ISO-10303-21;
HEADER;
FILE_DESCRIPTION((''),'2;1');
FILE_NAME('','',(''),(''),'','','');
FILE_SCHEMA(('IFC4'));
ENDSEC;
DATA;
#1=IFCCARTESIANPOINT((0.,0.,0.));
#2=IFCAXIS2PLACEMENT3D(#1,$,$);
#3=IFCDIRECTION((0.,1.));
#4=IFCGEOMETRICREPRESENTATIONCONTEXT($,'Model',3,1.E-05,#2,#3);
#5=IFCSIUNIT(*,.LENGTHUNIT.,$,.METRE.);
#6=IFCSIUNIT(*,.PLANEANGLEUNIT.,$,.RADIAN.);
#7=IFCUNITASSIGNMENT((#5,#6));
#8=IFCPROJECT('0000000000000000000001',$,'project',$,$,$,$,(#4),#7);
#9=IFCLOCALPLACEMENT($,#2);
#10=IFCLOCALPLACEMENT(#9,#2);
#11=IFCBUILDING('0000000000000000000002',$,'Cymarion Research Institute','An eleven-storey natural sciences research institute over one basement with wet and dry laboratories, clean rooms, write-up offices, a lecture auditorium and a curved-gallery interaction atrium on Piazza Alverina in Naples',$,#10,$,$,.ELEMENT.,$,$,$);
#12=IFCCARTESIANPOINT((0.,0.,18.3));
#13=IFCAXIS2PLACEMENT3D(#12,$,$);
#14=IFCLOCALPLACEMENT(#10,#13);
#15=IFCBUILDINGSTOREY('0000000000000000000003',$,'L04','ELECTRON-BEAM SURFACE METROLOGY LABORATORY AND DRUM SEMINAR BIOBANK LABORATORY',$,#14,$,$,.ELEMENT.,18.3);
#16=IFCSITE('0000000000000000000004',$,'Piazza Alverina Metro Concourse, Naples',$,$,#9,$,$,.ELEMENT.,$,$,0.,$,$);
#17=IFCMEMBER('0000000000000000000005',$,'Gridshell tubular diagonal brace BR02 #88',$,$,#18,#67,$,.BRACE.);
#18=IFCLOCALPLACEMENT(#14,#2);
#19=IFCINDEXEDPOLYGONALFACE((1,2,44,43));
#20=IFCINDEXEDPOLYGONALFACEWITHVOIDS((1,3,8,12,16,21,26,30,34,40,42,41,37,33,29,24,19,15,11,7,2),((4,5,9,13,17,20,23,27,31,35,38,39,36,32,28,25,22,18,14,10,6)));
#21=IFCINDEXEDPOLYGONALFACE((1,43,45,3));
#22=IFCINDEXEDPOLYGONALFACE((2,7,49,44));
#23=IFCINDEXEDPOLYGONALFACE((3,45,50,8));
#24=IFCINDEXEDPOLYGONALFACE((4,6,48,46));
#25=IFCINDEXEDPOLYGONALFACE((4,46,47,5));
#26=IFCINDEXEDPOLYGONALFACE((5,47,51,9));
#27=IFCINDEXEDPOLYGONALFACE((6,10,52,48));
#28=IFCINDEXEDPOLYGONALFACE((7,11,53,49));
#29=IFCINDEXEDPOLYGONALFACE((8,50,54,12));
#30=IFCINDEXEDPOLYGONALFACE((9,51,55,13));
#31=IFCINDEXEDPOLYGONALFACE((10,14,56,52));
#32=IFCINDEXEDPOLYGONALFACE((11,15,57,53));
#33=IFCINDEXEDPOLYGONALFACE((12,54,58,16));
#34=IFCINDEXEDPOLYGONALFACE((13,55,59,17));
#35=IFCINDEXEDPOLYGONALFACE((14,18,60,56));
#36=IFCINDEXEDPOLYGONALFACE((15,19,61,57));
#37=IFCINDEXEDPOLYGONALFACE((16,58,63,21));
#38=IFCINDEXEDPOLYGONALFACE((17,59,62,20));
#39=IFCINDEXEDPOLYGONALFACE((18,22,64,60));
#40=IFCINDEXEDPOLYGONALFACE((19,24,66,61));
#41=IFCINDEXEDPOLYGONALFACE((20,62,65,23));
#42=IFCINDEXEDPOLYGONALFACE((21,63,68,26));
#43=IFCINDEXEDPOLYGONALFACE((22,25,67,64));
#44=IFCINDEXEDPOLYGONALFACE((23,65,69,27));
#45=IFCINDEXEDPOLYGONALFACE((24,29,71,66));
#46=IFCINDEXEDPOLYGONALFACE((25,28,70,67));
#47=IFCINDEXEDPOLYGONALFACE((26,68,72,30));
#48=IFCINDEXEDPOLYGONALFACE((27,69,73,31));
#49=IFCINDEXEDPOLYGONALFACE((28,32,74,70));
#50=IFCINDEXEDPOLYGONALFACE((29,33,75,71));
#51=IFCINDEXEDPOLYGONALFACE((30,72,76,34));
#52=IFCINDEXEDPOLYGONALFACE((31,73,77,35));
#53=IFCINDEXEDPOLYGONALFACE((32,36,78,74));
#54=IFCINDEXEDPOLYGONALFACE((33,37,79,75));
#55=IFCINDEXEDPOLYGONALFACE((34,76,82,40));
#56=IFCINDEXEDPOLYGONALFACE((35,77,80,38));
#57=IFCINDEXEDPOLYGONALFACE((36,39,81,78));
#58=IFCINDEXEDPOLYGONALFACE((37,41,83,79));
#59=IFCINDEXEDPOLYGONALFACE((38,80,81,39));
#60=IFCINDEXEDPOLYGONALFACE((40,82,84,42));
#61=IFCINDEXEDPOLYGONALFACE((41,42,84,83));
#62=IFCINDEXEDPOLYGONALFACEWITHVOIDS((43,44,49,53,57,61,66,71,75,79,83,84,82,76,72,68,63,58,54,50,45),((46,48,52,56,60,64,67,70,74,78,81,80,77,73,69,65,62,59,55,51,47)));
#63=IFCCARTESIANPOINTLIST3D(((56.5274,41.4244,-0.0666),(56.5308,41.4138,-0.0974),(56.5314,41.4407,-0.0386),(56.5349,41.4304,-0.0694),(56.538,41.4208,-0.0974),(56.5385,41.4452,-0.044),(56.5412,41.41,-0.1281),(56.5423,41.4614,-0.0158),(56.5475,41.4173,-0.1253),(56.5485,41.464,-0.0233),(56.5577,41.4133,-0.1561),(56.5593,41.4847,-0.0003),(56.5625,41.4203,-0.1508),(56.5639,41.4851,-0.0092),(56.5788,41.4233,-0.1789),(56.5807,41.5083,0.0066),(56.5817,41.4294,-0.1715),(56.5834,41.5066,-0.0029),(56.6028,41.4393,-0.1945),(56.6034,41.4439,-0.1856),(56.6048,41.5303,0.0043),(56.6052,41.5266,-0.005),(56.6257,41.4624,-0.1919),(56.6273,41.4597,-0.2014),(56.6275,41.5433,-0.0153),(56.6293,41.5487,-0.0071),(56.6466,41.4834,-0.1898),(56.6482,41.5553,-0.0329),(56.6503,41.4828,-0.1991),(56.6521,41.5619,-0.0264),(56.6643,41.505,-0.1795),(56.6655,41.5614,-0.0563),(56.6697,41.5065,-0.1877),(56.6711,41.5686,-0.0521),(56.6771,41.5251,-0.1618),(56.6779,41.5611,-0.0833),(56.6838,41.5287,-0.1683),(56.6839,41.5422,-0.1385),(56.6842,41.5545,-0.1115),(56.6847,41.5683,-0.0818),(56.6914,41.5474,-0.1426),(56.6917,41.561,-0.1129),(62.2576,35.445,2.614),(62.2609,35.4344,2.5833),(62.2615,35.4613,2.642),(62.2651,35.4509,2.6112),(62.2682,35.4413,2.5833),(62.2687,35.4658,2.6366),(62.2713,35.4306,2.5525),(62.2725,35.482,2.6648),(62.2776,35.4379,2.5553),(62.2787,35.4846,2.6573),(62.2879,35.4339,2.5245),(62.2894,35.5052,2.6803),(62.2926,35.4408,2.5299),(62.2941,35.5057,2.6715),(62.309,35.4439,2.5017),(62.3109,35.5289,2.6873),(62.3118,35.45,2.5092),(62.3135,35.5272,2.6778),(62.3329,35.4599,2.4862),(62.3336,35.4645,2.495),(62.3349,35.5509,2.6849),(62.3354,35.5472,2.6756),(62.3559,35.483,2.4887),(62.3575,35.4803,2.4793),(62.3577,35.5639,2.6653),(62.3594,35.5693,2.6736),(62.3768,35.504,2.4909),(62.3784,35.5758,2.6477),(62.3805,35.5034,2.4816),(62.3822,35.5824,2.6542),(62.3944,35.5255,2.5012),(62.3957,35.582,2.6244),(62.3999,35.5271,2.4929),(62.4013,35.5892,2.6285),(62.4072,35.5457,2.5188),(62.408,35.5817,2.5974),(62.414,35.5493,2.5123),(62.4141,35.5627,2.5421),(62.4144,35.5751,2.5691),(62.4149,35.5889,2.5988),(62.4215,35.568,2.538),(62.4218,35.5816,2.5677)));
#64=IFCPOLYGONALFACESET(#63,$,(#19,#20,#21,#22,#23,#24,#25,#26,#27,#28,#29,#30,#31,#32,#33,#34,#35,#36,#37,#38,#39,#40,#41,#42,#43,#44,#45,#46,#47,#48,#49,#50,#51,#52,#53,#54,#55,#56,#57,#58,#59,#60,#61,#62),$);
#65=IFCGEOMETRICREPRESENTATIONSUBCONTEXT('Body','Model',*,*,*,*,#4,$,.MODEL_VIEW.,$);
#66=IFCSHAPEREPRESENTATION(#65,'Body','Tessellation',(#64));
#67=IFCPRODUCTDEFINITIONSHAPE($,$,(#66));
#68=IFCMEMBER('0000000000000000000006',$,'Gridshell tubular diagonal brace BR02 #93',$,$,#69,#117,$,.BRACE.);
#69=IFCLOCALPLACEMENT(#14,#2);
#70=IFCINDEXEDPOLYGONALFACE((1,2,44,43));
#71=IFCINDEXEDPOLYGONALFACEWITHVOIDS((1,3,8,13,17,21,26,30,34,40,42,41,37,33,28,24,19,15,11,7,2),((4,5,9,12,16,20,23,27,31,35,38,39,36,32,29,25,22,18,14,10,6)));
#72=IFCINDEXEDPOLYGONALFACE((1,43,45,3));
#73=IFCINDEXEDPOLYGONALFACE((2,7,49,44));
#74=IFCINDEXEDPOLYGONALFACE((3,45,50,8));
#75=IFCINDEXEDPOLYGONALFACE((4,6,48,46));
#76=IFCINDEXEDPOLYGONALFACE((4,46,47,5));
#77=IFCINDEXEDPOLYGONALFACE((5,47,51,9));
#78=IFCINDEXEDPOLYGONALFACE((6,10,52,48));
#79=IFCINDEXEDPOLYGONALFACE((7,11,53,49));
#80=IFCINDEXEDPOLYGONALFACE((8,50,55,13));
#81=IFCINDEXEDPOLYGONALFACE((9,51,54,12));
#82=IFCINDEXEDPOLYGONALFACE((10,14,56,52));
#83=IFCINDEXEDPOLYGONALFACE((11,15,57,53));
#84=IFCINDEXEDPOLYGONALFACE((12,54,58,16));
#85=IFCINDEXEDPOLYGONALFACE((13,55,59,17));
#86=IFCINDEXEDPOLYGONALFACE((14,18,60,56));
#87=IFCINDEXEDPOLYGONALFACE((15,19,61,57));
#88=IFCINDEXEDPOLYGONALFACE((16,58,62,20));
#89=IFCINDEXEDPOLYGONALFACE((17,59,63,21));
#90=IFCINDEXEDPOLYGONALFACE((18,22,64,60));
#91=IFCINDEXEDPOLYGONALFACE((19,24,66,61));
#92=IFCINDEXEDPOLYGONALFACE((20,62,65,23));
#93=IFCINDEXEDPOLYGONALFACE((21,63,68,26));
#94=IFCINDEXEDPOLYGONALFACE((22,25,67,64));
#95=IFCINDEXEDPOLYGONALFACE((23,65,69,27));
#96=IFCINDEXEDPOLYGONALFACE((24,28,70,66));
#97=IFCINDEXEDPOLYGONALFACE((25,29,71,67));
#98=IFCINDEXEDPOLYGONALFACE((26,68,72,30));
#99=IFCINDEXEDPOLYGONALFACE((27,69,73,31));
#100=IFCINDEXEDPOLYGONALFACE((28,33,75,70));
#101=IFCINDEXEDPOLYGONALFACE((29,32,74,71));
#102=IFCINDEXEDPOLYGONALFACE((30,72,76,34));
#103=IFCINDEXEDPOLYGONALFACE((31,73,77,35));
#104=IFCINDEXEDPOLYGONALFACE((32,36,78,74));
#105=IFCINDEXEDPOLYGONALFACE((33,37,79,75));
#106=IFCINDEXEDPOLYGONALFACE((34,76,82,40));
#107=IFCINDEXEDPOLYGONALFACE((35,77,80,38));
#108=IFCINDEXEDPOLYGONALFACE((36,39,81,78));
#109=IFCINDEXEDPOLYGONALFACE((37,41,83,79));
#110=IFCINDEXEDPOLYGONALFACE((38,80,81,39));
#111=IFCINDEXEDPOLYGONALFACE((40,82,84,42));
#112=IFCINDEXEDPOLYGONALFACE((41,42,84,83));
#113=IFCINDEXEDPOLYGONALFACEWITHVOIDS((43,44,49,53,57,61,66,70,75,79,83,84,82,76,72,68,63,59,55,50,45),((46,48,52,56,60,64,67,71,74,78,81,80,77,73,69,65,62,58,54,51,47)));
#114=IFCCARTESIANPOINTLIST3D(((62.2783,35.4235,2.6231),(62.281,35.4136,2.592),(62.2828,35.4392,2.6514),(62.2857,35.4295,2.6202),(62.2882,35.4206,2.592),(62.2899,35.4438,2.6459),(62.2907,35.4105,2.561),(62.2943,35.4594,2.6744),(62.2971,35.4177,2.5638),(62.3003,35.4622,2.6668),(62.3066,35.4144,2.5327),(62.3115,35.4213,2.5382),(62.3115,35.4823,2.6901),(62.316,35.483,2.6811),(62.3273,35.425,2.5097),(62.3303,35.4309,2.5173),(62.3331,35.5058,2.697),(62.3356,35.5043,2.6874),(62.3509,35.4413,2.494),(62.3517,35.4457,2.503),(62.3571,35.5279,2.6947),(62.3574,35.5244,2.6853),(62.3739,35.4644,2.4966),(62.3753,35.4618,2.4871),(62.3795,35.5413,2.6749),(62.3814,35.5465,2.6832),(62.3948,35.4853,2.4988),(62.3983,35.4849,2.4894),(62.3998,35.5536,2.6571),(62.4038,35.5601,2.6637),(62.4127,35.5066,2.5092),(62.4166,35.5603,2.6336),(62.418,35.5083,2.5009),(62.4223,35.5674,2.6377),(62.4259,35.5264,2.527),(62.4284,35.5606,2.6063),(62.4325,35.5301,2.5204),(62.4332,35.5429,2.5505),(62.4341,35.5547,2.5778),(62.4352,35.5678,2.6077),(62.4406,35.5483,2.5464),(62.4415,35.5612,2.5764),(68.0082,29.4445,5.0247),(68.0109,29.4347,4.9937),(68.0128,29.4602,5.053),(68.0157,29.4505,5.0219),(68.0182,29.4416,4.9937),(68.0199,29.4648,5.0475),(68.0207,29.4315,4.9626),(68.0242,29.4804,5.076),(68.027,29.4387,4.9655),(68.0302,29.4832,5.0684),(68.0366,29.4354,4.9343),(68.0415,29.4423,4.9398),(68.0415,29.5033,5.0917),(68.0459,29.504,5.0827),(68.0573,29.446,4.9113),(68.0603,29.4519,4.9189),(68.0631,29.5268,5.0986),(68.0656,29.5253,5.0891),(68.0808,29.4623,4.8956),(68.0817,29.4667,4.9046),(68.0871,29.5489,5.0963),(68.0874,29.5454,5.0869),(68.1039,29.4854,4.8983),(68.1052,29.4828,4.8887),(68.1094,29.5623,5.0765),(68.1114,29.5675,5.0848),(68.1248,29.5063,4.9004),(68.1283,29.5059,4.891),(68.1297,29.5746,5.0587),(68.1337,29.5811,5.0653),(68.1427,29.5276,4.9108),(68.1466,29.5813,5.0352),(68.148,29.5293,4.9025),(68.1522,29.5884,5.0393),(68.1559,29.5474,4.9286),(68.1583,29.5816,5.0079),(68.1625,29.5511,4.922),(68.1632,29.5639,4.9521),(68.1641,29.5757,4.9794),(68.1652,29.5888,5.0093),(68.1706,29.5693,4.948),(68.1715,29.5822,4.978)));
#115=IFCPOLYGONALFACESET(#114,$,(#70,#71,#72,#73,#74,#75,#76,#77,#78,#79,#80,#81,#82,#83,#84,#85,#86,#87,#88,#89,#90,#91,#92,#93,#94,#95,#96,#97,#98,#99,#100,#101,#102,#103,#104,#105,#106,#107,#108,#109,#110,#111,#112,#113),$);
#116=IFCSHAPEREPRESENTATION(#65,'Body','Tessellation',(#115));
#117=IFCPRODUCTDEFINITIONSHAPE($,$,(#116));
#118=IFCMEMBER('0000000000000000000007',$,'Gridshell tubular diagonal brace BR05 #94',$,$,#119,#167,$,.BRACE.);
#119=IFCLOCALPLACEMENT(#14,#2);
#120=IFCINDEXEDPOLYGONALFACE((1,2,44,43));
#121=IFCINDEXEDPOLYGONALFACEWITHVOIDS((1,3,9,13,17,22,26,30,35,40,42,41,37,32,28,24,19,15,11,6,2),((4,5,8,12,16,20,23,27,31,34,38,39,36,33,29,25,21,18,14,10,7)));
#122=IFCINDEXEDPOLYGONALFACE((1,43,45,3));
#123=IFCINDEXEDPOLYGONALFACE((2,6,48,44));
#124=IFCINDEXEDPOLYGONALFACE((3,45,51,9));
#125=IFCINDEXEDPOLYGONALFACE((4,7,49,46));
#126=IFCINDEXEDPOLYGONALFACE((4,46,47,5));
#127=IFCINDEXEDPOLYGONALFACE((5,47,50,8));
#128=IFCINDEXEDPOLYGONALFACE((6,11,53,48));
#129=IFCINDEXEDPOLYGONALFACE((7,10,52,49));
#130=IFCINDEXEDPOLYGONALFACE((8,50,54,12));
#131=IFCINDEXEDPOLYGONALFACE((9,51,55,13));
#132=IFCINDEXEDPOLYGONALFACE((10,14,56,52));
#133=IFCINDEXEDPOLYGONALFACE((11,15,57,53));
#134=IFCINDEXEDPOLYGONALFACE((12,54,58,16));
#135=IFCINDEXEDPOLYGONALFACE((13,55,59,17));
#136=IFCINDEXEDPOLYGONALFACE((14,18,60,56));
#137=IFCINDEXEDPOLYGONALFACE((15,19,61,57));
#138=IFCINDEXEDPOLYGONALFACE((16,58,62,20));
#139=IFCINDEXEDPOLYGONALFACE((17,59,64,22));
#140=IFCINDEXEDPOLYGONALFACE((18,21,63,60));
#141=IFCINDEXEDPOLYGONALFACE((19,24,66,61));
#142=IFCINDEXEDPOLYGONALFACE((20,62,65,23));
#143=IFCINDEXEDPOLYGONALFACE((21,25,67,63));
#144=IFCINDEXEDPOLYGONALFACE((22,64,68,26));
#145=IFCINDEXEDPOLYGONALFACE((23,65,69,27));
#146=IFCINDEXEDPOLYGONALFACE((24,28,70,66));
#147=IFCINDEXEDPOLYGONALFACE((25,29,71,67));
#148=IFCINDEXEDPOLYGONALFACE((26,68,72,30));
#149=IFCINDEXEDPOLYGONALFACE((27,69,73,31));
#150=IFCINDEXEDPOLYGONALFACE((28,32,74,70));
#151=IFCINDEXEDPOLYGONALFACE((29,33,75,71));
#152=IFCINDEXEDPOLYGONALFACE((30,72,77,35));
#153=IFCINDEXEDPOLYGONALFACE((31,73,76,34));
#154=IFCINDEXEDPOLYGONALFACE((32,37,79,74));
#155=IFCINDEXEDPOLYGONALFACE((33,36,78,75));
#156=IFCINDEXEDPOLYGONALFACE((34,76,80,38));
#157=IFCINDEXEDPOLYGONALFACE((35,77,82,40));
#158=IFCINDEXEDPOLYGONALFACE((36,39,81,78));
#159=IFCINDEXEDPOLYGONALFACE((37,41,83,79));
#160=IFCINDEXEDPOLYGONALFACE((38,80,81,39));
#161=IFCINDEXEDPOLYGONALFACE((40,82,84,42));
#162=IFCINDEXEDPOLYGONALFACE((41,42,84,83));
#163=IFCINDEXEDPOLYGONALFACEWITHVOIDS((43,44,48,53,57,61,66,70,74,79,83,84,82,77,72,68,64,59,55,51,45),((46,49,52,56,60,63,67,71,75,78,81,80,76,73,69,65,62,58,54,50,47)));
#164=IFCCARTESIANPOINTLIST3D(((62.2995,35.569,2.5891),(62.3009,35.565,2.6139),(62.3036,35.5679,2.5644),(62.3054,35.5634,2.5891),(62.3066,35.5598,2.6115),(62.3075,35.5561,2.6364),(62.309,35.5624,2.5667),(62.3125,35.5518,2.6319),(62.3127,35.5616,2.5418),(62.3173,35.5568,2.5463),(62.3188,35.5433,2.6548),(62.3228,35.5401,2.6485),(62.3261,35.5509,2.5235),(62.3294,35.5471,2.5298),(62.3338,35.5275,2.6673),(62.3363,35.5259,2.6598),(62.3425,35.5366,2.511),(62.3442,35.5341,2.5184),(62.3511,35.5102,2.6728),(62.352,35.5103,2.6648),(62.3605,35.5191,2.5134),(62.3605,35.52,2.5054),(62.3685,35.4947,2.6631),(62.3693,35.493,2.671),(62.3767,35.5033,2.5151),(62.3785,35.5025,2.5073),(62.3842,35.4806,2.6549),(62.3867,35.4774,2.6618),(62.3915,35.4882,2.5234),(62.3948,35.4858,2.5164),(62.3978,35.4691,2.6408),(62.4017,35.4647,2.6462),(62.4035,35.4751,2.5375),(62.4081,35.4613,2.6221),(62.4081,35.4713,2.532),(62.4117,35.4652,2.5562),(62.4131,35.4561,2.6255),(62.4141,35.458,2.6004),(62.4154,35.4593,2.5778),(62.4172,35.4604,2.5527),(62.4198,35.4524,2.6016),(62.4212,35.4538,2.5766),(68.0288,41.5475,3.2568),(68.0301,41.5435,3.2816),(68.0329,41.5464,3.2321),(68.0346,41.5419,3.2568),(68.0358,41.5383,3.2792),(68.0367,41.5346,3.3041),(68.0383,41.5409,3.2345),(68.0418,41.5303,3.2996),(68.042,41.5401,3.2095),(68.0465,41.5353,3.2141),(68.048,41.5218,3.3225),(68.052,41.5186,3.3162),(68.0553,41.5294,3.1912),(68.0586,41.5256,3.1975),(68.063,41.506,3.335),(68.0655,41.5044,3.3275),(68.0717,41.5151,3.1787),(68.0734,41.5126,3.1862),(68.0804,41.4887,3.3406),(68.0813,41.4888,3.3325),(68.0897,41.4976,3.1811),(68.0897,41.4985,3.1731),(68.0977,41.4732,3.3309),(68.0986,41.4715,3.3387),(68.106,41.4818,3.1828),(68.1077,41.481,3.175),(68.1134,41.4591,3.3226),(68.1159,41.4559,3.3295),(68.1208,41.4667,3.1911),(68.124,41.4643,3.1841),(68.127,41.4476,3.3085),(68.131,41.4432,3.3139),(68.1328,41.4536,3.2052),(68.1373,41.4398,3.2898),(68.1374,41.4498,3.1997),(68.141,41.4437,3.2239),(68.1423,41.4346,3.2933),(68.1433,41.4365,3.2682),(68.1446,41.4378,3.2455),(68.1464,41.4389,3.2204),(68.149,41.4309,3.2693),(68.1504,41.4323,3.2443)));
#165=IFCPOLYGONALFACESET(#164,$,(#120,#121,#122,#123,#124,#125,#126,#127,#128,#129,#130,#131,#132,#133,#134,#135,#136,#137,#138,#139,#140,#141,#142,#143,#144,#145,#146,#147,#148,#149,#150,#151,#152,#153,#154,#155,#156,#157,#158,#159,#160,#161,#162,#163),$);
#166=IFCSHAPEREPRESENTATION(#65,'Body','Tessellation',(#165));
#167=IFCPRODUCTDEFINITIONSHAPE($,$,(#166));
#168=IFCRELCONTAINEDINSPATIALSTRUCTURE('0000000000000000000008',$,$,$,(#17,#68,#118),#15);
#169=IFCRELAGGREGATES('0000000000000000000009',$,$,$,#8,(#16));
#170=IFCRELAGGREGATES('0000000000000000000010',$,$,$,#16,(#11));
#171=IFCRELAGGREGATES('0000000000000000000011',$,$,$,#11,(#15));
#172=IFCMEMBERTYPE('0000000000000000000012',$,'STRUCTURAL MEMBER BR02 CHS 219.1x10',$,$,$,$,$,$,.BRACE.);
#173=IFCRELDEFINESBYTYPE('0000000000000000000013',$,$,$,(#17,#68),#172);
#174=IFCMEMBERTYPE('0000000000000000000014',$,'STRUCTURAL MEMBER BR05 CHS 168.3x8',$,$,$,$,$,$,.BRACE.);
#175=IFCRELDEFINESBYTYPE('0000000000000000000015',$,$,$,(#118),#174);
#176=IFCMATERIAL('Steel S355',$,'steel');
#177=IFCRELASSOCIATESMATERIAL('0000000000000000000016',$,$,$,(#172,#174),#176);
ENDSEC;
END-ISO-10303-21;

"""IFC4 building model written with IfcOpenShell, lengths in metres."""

from ifc_helpers import new_model, si_unit, direction, frame, origin, origin_2d, place, context, subcontext, project, spatial, hollow_circle, extrude, material, material_profile, profile_set, type_object, element, save


model = new_model("IFC4")

# Units and contexts
model_context = context("Model", 3, precision=1e-05, world=origin(), true_north=direction((0.0, 1.0)))
body_context = subcontext(model_context, "Body", "Model", "MODEL_VIEW")
ifc_project = project(units=[si_unit("LENGTHUNIT", "METRE"), si_unit("PLANEANGLEUNIT", "RADIAN")], contexts=[model_context])

# Site, building, storey
site_placement = place(None, origin())
site = spatial("IfcSite", under=ifc_project, at=site_placement, Name="Piazza Alverina Metro Concourse, Naples", CompositionType="ELEMENT", RefElevation=0.0)
building_placement = place(site_placement, origin())
building = spatial("IfcBuilding", under=site, at=building_placement, Name="Cymarion Research Institute", Description="An eleven-storey natural sciences research institute over one basement with wet and dry laboratories, clean rooms, write-up offices, a lecture auditorium and a curved-gallery interaction atrium on Piazza Alverina in Naples", CompositionType="ELEMENT")
storey_placement = place(building_placement, frame((0.0, 0.0, 18.3)))
storey = spatial("IfcBuildingStorey", under=building, at=storey_placement, Name="L04", Description="ELECTRON-BEAM SURFACE METROLOGY LABORATORY AND DRUM SEMINAR BIOBANK LABORATORY", CompositionType="ELEMENT", Elevation=18.3)

# Shared definitions
ifc_material_1 = material(Name="Steel S355", Category="steel")

# Members
ifc_material_profile_1 = material_profile(ifc_material_1, hollow_circle(Radius=0.1096, WallThickness=0.01, at=origin_2d()), Name="CHS 219.1x10")
ifc_profile_set_1 = profile_set([ifc_material_profile_1], Name="Steel S355")
member_type_1 = type_object("IfcMemberType", Name="STRUCTURAL MEMBER BR02 CHS 219.1x10", PredefinedType="BRACE", material=ifc_profile_set_1)
member_1_placement = place(storey_placement, frame((62.3401, 35.5103, 2.5833), z_axis=(-0.658274, 0.686909, -0.307948), x_axis=(-0.721996, -0.691898, 0.0)))
element("IfcMember", 1, at=member_1_placement, inside=storey, type_object=member_type_1, Name="Gridshell tubular diagonal brace BR02 #88", PredefinedType="BRACE", context=body_context, shape_type="SweptSolid", body=[
    extrude(hollow_circle(Radius=0.1096, WallThickness=0.01, at=origin_2d()), origin(), (0.0, 0.0, 1.0), 8.7048),
])
member_2_placement = place(storey_placement, frame((68.0901, 29.5105, 4.9937), z_axis=(-0.664532, 0.693412, -0.278526), x_axis=(-0.721982, -0.691912, 0.0)))
element("IfcMember", 2, at=member_2_placement, inside=storey, type_object=member_type_1, Name="Gridshell tubular diagonal brace BR02 #93", PredefinedType="BRACE", context=body_context, shape_type="SweptSolid", body=[
    extrude(hollow_circle(Radius=0.1096, WallThickness=0.01, at=origin_2d()), origin(), (0.0, 0.0, 1.0), 8.6226),
])
ifc_material_profile_2 = material_profile(ifc_material_1, hollow_circle(Radius=0.0842, WallThickness=0.0081, at=origin_2d()), Name="CHS 168.3x8")
ifc_profile_set_2 = profile_set([ifc_material_profile_2], Name="Steel S355")
member_type_2 = type_object("IfcMemberType", Name="STRUCTURAL MEMBER BR05 CHS 168.3x8", PredefinedType="BRACE", material=ifc_profile_set_2)
member_3_placement = place(storey_placement, frame((62.3604, 35.5107, 2.5891), z_axis=(0.689657, 0.719662, 0.080377), x_axis=(-0.721998, 0.691895, 0.0)))
element("IfcMember", 3, at=member_3_placement, inside=storey, type_object=member_type_2, Name="Gridshell tubular diagonal brace BR05 #94", PredefinedType="BRACE", context=body_context, shape_type="SweptSolid", body=[
    extrude(hollow_circle(Radius=0.0842, WallThickness=0.0081, at=origin_2d()), origin(), (0.0, 0.0, 1.0), 8.3074),
])

save(model, "model.ifc")
